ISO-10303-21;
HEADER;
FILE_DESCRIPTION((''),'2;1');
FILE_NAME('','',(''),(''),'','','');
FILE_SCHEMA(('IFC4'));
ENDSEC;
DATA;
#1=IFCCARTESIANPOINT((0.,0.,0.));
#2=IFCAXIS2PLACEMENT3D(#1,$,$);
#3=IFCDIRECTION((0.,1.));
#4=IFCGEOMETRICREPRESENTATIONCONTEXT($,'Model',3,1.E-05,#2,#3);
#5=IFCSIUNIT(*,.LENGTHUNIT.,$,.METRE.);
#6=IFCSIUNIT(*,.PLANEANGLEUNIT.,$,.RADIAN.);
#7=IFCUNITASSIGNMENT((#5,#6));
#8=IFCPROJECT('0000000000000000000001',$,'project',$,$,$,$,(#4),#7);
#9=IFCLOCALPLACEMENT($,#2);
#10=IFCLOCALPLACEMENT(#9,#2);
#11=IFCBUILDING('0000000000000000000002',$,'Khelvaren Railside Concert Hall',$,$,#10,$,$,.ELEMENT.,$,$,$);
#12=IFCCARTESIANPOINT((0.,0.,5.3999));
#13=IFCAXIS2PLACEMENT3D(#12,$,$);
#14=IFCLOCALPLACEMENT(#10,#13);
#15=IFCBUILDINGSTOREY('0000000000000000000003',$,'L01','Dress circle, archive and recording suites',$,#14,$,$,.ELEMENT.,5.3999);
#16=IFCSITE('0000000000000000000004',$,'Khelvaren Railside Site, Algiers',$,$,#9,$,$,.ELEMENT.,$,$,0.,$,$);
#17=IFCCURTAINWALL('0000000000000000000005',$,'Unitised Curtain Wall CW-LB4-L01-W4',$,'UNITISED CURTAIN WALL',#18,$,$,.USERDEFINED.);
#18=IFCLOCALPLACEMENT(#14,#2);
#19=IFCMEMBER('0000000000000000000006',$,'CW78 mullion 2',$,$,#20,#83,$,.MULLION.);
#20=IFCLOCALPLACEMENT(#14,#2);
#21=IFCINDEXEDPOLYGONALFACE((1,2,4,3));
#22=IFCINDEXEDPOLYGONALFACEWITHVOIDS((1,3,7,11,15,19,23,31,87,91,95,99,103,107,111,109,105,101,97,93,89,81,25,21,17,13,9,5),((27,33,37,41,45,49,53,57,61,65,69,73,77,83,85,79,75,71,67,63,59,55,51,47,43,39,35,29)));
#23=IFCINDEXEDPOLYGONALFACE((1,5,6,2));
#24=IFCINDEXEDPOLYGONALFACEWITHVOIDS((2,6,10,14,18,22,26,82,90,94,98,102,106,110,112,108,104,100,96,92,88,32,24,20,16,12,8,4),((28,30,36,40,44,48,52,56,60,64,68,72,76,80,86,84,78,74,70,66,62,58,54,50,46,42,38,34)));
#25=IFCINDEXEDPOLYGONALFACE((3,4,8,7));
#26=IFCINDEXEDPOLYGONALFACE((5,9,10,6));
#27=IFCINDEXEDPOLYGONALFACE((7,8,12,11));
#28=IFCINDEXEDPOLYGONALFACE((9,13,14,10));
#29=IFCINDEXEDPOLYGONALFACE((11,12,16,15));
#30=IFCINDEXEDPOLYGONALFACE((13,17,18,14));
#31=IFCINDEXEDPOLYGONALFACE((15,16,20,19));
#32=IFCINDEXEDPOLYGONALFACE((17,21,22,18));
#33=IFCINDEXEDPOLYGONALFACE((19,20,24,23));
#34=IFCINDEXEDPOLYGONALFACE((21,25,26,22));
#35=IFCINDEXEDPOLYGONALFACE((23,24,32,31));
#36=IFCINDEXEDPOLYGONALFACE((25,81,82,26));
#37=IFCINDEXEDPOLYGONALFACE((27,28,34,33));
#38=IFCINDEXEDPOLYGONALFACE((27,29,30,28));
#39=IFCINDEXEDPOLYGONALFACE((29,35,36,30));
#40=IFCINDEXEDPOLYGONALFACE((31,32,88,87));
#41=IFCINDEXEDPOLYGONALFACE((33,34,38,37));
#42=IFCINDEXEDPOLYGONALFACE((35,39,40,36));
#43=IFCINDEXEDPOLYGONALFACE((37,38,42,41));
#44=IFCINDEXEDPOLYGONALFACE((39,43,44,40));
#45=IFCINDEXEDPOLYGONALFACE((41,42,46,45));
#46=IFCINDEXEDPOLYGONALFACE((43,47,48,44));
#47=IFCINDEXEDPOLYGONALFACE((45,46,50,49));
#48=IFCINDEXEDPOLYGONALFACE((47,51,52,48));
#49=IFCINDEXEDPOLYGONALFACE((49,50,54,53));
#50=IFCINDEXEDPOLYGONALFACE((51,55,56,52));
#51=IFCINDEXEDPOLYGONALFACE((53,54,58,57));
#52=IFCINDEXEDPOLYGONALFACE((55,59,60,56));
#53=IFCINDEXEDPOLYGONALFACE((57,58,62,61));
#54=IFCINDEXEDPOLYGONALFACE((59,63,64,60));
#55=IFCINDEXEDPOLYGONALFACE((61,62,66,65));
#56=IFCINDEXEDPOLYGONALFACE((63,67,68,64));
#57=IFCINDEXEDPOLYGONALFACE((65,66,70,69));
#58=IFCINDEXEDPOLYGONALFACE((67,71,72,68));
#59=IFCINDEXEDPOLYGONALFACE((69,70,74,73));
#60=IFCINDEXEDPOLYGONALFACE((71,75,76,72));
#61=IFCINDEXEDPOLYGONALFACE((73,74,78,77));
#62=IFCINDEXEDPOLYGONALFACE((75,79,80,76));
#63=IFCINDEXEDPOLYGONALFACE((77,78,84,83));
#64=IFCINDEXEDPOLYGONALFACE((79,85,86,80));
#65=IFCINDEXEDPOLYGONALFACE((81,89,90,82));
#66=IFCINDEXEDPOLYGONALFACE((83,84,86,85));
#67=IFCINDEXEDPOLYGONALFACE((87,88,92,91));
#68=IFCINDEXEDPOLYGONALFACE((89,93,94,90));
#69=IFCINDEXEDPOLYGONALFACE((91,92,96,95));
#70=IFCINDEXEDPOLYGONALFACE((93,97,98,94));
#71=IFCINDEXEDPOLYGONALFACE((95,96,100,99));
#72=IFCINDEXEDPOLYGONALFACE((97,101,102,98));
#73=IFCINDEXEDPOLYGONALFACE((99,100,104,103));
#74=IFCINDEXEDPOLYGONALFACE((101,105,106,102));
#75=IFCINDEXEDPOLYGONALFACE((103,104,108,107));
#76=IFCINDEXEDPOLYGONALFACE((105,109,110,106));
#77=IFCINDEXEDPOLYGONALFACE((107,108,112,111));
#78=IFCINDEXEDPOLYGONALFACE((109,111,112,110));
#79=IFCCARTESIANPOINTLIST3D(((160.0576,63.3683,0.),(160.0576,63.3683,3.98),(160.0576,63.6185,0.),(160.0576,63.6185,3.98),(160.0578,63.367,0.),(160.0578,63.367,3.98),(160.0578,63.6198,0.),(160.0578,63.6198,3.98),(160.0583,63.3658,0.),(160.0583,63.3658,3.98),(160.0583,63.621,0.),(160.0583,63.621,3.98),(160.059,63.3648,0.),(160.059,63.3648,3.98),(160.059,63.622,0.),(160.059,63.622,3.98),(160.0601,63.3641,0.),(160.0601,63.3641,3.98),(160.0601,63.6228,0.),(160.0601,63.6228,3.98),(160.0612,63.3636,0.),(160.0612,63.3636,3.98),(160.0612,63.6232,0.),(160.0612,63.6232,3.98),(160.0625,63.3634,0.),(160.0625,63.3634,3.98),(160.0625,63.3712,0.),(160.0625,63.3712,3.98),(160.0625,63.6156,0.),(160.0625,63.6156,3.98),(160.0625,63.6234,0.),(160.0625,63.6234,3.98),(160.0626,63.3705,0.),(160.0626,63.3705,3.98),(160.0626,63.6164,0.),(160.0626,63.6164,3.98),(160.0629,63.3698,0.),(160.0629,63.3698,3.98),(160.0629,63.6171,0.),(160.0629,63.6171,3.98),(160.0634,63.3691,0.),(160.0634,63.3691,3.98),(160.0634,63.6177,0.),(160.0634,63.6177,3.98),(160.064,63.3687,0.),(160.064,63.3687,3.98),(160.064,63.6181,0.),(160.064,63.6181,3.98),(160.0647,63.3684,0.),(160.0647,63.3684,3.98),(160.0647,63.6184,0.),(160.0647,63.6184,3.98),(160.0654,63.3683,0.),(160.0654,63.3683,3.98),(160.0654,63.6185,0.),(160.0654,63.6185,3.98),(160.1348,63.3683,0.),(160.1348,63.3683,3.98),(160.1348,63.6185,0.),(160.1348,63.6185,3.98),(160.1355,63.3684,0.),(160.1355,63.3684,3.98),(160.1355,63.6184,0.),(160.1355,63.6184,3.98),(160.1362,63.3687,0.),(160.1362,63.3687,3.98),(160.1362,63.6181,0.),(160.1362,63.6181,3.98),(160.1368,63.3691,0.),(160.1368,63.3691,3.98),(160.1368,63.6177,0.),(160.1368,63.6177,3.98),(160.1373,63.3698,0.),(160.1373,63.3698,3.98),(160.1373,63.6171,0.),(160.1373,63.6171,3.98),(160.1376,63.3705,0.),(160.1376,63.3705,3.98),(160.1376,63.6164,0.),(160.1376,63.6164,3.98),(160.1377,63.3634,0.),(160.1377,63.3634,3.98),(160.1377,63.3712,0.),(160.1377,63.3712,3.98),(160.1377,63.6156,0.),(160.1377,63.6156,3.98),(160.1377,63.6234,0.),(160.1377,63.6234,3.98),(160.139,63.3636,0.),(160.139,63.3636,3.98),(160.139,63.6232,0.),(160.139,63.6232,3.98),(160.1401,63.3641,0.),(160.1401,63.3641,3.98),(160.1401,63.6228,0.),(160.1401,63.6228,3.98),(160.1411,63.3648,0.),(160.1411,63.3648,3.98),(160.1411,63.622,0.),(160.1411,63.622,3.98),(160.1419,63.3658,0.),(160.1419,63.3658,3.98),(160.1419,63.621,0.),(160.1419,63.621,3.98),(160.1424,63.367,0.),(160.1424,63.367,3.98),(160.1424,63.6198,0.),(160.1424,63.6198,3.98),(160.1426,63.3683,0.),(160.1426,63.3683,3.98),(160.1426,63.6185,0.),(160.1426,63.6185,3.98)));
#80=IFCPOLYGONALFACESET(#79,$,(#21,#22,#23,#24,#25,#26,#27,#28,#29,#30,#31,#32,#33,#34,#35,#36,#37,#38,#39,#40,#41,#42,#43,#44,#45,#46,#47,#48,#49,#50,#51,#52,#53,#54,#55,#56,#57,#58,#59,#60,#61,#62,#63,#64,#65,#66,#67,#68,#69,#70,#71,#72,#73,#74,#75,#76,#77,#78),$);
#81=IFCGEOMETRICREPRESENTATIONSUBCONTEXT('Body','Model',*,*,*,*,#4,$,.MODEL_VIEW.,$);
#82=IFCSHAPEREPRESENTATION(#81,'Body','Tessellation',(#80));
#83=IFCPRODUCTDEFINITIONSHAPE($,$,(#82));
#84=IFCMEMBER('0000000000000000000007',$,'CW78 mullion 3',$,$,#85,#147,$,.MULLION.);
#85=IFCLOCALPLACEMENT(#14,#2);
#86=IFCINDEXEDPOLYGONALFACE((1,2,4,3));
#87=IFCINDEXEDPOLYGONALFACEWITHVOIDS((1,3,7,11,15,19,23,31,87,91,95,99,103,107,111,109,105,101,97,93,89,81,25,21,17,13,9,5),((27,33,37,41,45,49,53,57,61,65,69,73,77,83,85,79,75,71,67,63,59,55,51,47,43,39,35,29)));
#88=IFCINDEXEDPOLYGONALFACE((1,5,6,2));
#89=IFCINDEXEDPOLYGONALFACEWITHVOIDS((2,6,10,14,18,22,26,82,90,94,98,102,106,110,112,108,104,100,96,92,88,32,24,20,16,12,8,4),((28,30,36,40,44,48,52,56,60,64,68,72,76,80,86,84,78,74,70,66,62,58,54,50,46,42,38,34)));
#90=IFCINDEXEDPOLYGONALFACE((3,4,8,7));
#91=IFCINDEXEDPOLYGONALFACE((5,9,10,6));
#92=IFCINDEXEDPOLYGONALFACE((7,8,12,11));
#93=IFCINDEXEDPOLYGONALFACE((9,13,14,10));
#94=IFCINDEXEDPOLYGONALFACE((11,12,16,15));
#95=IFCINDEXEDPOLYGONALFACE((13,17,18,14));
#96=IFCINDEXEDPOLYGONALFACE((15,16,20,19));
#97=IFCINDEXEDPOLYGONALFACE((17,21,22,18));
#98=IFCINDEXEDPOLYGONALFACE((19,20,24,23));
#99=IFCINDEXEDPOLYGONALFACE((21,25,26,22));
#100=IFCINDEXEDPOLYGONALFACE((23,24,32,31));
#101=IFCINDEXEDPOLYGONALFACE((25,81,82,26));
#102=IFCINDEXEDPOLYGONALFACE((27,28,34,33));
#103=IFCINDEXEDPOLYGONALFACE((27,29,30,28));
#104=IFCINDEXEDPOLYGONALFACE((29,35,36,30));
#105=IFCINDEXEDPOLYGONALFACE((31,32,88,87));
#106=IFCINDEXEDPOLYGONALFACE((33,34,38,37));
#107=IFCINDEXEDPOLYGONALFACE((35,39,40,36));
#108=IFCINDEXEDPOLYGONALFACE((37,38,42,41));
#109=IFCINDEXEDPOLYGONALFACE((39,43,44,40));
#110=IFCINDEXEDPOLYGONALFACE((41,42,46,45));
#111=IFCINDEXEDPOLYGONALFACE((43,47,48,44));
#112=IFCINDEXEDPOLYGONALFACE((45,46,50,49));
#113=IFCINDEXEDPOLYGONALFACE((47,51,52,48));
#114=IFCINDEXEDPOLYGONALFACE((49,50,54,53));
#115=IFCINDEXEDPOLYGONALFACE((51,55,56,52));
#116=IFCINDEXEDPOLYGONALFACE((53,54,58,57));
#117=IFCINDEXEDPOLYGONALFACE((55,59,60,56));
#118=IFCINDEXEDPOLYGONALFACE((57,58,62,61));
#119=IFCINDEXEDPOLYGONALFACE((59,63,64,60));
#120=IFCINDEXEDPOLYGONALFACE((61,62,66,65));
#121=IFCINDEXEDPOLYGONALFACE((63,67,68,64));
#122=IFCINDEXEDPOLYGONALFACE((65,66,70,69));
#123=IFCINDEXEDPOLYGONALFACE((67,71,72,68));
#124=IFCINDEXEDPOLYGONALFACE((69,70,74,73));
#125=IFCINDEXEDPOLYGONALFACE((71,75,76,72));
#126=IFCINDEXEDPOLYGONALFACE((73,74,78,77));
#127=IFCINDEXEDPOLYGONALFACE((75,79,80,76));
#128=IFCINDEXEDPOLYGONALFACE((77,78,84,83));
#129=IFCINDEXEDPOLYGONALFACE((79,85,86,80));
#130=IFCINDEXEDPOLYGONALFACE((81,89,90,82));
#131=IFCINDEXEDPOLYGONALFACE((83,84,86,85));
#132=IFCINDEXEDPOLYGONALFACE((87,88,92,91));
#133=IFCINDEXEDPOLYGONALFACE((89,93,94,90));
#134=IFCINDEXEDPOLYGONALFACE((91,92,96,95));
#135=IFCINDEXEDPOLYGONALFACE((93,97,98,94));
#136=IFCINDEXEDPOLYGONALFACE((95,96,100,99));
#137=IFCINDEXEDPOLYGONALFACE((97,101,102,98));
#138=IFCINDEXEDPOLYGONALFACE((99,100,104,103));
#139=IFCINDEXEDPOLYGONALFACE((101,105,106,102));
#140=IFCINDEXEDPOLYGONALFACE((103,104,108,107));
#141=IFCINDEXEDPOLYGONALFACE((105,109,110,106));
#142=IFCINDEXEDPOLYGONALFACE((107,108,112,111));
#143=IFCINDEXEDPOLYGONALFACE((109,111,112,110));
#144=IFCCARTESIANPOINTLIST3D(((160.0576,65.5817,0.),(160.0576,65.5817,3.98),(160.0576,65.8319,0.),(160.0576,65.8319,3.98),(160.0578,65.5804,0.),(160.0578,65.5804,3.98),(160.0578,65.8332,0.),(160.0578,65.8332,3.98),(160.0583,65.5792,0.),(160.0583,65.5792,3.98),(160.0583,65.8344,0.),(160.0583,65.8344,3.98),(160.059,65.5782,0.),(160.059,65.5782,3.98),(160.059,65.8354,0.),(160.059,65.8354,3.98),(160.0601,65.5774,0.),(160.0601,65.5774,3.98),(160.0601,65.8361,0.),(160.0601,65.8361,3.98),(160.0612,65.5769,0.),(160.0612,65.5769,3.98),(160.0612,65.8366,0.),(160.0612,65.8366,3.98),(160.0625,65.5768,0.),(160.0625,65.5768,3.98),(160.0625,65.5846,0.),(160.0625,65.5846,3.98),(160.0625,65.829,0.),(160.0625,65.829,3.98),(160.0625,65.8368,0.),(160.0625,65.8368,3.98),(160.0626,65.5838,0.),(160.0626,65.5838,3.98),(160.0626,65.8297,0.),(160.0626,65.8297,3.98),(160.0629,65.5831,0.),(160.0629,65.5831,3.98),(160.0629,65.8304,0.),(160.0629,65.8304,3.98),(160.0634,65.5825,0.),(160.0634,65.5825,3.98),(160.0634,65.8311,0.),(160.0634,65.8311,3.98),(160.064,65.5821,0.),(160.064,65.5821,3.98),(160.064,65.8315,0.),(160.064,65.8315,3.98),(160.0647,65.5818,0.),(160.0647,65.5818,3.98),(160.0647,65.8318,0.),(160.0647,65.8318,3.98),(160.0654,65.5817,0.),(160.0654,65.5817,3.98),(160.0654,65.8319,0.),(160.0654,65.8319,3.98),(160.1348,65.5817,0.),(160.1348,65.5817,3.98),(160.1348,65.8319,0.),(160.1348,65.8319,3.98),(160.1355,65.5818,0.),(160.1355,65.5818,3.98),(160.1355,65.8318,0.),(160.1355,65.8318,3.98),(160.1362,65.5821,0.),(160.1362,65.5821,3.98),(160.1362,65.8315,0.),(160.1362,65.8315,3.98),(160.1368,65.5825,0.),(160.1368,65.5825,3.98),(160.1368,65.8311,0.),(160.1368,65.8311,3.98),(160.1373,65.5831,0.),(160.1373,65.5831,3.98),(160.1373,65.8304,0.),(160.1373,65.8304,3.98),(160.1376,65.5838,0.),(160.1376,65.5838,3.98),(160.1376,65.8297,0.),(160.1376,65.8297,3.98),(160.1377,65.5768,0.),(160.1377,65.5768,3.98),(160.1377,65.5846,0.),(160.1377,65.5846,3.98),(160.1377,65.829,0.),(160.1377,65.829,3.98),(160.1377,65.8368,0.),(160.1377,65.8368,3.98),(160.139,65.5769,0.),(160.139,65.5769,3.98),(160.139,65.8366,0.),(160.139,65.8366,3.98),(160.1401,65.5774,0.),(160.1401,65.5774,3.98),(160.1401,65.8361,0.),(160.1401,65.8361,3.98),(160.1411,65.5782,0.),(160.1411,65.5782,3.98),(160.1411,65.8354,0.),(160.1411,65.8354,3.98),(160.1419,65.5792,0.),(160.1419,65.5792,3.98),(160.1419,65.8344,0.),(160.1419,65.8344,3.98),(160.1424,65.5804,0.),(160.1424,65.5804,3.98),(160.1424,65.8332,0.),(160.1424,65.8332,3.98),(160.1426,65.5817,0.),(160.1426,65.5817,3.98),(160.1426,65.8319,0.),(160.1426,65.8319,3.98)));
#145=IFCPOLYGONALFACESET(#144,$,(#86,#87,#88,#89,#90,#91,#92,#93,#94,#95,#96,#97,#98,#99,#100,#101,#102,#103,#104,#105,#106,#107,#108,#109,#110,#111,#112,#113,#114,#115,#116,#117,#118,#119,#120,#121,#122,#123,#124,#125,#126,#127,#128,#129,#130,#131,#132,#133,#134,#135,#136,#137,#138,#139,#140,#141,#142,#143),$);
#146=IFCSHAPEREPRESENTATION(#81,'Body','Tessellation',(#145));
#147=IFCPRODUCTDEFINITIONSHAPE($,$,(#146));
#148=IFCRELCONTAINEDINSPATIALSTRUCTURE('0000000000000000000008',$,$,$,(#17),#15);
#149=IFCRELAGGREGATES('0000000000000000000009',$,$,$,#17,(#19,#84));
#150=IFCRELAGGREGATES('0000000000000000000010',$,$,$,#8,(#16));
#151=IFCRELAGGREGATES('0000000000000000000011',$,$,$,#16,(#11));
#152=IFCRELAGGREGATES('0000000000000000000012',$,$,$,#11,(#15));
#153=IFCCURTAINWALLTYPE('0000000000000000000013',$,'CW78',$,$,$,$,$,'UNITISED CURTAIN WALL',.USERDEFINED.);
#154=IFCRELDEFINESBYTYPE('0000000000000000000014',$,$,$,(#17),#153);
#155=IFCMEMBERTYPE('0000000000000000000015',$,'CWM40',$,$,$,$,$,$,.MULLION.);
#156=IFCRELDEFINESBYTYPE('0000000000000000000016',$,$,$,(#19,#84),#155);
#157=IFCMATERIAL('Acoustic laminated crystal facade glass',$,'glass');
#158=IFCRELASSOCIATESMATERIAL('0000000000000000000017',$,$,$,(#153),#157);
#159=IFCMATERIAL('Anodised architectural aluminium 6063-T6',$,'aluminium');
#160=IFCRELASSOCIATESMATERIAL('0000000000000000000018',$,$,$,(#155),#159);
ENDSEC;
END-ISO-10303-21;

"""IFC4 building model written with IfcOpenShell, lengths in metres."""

from ifc_helpers import new_model, si_unit, direction, frame, origin, origin_2d, place, context, subcontext, project, spatial, hollow_rectangle, extrude, material, material_profile, profile_set, type_object, element, aggregate, save


model = new_model("IFC4")

# Units and contexts
model_context = context("Model", 3, precision=1e-05, world=origin(), true_north=direction((0.0, 1.0)))
body_context = subcontext(model_context, "Body", "Model", "MODEL_VIEW")
ifc_project = project(units=[si_unit("LENGTHUNIT", "METRE"), si_unit("PLANEANGLEUNIT", "RADIAN")], contexts=[model_context])

# Site, building, storey
site_placement = place(None, origin())
site = spatial("IfcSite", under=ifc_project, at=site_placement, Name="Khelvaren Railside Site, Algiers", CompositionType="ELEMENT", RefElevation=0.0)
building_placement = place(site_placement, origin())
building = spatial("IfcBuilding", under=site, at=building_placement, Name="Khelvaren Railside Concert Hall", CompositionType="ELEMENT")
storey_placement = place(building_placement, frame((0.0, 0.0, 5.3999)))
storey = spatial("IfcBuildingStorey", under=building, at=storey_placement, Name="L01", Description="Dress circle, archive and recording suites", CompositionType="ELEMENT", Elevation=5.3999)

# Shared definitions
ifc_material_1 = material(Name="Acoustic laminated crystal facade glass", Category="glass")
curtain_wall_type = type_object("IfcCurtainWallType", Name="CW78", ElementType="UNITISED CURTAIN WALL", PredefinedType="USERDEFINED", material=ifc_material_1)
ifc_material_2 = material(Name="Anodised architectural aluminium 6063-T6", Category="aluminium")
ifc_material_profile_1 = material_profile(ifc_material_2, hollow_rectangle(XDim=0.085, YDim=0.26, WallThickness=0.0049, InnerFilletRadius=0.0029, OuterFilletRadius=0.0049, at=origin_2d()), Name="CWM 85x260x5")
ifc_profile_set_1 = profile_set([ifc_material_profile_1], Name="Anodised architectural aluminium 6063-T6")
member_type_1 = type_object("IfcMemberType", Name="CWM40", PredefinedType="MULLION", material=ifc_profile_set_1)

# Curtain wall, members
curtain_wall_1_placement = place(storey_placement, origin())
curtain_wall_1 = element("IfcCurtainWall", 1, at=curtain_wall_1_placement, inside=storey, type_object=curtain_wall_type, Name="Unitised Curtain Wall CW-LB4-L01-W4", ObjectType="UNITISED CURTAIN WALL", PredefinedType="USERDEFINED")
member_1_placement = place(storey_placement, frame((160.1001, 63.4934, 0.0), z_axis=(0.0, 0.0, 1.0), x_axis=(-1.0, 0.0, 0.0)))
member_1 = element("IfcMember", 2, at=member_1_placement, type_object=member_type_1, Name="CW78 mullion 2", PredefinedType="MULLION", context=body_context, shape_type="SweptSolid", body=[
    extrude(hollow_rectangle(XDim=0.085, YDim=0.26, WallThickness=0.0049, InnerFilletRadius=0.0029, OuterFilletRadius=0.0049, at=origin_2d()), origin(), (0.0, 0.0, 1.0), 3.98),
])
member_2_placement = place(storey_placement, frame((160.1001, 65.7068, 0.0), z_axis=(0.0, 0.0, 1.0), x_axis=(-1.0, 0.0, 0.0)))
member_2 = element("IfcMember", 3, at=member_2_placement, type_object=member_type_1, Name="CW78 mullion 3", PredefinedType="MULLION", context=body_context, shape_type="SweptSolid", body=[
    extrude(hollow_rectangle(XDim=0.085, YDim=0.26, WallThickness=0.0049, InnerFilletRadius=0.0029, OuterFilletRadius=0.0049, at=origin_2d()), origin(), (0.0, 0.0, 1.0), 3.98),
])

aggregate(curtain_wall_1, [member_1, member_2])

save(model, "model.ifc")
